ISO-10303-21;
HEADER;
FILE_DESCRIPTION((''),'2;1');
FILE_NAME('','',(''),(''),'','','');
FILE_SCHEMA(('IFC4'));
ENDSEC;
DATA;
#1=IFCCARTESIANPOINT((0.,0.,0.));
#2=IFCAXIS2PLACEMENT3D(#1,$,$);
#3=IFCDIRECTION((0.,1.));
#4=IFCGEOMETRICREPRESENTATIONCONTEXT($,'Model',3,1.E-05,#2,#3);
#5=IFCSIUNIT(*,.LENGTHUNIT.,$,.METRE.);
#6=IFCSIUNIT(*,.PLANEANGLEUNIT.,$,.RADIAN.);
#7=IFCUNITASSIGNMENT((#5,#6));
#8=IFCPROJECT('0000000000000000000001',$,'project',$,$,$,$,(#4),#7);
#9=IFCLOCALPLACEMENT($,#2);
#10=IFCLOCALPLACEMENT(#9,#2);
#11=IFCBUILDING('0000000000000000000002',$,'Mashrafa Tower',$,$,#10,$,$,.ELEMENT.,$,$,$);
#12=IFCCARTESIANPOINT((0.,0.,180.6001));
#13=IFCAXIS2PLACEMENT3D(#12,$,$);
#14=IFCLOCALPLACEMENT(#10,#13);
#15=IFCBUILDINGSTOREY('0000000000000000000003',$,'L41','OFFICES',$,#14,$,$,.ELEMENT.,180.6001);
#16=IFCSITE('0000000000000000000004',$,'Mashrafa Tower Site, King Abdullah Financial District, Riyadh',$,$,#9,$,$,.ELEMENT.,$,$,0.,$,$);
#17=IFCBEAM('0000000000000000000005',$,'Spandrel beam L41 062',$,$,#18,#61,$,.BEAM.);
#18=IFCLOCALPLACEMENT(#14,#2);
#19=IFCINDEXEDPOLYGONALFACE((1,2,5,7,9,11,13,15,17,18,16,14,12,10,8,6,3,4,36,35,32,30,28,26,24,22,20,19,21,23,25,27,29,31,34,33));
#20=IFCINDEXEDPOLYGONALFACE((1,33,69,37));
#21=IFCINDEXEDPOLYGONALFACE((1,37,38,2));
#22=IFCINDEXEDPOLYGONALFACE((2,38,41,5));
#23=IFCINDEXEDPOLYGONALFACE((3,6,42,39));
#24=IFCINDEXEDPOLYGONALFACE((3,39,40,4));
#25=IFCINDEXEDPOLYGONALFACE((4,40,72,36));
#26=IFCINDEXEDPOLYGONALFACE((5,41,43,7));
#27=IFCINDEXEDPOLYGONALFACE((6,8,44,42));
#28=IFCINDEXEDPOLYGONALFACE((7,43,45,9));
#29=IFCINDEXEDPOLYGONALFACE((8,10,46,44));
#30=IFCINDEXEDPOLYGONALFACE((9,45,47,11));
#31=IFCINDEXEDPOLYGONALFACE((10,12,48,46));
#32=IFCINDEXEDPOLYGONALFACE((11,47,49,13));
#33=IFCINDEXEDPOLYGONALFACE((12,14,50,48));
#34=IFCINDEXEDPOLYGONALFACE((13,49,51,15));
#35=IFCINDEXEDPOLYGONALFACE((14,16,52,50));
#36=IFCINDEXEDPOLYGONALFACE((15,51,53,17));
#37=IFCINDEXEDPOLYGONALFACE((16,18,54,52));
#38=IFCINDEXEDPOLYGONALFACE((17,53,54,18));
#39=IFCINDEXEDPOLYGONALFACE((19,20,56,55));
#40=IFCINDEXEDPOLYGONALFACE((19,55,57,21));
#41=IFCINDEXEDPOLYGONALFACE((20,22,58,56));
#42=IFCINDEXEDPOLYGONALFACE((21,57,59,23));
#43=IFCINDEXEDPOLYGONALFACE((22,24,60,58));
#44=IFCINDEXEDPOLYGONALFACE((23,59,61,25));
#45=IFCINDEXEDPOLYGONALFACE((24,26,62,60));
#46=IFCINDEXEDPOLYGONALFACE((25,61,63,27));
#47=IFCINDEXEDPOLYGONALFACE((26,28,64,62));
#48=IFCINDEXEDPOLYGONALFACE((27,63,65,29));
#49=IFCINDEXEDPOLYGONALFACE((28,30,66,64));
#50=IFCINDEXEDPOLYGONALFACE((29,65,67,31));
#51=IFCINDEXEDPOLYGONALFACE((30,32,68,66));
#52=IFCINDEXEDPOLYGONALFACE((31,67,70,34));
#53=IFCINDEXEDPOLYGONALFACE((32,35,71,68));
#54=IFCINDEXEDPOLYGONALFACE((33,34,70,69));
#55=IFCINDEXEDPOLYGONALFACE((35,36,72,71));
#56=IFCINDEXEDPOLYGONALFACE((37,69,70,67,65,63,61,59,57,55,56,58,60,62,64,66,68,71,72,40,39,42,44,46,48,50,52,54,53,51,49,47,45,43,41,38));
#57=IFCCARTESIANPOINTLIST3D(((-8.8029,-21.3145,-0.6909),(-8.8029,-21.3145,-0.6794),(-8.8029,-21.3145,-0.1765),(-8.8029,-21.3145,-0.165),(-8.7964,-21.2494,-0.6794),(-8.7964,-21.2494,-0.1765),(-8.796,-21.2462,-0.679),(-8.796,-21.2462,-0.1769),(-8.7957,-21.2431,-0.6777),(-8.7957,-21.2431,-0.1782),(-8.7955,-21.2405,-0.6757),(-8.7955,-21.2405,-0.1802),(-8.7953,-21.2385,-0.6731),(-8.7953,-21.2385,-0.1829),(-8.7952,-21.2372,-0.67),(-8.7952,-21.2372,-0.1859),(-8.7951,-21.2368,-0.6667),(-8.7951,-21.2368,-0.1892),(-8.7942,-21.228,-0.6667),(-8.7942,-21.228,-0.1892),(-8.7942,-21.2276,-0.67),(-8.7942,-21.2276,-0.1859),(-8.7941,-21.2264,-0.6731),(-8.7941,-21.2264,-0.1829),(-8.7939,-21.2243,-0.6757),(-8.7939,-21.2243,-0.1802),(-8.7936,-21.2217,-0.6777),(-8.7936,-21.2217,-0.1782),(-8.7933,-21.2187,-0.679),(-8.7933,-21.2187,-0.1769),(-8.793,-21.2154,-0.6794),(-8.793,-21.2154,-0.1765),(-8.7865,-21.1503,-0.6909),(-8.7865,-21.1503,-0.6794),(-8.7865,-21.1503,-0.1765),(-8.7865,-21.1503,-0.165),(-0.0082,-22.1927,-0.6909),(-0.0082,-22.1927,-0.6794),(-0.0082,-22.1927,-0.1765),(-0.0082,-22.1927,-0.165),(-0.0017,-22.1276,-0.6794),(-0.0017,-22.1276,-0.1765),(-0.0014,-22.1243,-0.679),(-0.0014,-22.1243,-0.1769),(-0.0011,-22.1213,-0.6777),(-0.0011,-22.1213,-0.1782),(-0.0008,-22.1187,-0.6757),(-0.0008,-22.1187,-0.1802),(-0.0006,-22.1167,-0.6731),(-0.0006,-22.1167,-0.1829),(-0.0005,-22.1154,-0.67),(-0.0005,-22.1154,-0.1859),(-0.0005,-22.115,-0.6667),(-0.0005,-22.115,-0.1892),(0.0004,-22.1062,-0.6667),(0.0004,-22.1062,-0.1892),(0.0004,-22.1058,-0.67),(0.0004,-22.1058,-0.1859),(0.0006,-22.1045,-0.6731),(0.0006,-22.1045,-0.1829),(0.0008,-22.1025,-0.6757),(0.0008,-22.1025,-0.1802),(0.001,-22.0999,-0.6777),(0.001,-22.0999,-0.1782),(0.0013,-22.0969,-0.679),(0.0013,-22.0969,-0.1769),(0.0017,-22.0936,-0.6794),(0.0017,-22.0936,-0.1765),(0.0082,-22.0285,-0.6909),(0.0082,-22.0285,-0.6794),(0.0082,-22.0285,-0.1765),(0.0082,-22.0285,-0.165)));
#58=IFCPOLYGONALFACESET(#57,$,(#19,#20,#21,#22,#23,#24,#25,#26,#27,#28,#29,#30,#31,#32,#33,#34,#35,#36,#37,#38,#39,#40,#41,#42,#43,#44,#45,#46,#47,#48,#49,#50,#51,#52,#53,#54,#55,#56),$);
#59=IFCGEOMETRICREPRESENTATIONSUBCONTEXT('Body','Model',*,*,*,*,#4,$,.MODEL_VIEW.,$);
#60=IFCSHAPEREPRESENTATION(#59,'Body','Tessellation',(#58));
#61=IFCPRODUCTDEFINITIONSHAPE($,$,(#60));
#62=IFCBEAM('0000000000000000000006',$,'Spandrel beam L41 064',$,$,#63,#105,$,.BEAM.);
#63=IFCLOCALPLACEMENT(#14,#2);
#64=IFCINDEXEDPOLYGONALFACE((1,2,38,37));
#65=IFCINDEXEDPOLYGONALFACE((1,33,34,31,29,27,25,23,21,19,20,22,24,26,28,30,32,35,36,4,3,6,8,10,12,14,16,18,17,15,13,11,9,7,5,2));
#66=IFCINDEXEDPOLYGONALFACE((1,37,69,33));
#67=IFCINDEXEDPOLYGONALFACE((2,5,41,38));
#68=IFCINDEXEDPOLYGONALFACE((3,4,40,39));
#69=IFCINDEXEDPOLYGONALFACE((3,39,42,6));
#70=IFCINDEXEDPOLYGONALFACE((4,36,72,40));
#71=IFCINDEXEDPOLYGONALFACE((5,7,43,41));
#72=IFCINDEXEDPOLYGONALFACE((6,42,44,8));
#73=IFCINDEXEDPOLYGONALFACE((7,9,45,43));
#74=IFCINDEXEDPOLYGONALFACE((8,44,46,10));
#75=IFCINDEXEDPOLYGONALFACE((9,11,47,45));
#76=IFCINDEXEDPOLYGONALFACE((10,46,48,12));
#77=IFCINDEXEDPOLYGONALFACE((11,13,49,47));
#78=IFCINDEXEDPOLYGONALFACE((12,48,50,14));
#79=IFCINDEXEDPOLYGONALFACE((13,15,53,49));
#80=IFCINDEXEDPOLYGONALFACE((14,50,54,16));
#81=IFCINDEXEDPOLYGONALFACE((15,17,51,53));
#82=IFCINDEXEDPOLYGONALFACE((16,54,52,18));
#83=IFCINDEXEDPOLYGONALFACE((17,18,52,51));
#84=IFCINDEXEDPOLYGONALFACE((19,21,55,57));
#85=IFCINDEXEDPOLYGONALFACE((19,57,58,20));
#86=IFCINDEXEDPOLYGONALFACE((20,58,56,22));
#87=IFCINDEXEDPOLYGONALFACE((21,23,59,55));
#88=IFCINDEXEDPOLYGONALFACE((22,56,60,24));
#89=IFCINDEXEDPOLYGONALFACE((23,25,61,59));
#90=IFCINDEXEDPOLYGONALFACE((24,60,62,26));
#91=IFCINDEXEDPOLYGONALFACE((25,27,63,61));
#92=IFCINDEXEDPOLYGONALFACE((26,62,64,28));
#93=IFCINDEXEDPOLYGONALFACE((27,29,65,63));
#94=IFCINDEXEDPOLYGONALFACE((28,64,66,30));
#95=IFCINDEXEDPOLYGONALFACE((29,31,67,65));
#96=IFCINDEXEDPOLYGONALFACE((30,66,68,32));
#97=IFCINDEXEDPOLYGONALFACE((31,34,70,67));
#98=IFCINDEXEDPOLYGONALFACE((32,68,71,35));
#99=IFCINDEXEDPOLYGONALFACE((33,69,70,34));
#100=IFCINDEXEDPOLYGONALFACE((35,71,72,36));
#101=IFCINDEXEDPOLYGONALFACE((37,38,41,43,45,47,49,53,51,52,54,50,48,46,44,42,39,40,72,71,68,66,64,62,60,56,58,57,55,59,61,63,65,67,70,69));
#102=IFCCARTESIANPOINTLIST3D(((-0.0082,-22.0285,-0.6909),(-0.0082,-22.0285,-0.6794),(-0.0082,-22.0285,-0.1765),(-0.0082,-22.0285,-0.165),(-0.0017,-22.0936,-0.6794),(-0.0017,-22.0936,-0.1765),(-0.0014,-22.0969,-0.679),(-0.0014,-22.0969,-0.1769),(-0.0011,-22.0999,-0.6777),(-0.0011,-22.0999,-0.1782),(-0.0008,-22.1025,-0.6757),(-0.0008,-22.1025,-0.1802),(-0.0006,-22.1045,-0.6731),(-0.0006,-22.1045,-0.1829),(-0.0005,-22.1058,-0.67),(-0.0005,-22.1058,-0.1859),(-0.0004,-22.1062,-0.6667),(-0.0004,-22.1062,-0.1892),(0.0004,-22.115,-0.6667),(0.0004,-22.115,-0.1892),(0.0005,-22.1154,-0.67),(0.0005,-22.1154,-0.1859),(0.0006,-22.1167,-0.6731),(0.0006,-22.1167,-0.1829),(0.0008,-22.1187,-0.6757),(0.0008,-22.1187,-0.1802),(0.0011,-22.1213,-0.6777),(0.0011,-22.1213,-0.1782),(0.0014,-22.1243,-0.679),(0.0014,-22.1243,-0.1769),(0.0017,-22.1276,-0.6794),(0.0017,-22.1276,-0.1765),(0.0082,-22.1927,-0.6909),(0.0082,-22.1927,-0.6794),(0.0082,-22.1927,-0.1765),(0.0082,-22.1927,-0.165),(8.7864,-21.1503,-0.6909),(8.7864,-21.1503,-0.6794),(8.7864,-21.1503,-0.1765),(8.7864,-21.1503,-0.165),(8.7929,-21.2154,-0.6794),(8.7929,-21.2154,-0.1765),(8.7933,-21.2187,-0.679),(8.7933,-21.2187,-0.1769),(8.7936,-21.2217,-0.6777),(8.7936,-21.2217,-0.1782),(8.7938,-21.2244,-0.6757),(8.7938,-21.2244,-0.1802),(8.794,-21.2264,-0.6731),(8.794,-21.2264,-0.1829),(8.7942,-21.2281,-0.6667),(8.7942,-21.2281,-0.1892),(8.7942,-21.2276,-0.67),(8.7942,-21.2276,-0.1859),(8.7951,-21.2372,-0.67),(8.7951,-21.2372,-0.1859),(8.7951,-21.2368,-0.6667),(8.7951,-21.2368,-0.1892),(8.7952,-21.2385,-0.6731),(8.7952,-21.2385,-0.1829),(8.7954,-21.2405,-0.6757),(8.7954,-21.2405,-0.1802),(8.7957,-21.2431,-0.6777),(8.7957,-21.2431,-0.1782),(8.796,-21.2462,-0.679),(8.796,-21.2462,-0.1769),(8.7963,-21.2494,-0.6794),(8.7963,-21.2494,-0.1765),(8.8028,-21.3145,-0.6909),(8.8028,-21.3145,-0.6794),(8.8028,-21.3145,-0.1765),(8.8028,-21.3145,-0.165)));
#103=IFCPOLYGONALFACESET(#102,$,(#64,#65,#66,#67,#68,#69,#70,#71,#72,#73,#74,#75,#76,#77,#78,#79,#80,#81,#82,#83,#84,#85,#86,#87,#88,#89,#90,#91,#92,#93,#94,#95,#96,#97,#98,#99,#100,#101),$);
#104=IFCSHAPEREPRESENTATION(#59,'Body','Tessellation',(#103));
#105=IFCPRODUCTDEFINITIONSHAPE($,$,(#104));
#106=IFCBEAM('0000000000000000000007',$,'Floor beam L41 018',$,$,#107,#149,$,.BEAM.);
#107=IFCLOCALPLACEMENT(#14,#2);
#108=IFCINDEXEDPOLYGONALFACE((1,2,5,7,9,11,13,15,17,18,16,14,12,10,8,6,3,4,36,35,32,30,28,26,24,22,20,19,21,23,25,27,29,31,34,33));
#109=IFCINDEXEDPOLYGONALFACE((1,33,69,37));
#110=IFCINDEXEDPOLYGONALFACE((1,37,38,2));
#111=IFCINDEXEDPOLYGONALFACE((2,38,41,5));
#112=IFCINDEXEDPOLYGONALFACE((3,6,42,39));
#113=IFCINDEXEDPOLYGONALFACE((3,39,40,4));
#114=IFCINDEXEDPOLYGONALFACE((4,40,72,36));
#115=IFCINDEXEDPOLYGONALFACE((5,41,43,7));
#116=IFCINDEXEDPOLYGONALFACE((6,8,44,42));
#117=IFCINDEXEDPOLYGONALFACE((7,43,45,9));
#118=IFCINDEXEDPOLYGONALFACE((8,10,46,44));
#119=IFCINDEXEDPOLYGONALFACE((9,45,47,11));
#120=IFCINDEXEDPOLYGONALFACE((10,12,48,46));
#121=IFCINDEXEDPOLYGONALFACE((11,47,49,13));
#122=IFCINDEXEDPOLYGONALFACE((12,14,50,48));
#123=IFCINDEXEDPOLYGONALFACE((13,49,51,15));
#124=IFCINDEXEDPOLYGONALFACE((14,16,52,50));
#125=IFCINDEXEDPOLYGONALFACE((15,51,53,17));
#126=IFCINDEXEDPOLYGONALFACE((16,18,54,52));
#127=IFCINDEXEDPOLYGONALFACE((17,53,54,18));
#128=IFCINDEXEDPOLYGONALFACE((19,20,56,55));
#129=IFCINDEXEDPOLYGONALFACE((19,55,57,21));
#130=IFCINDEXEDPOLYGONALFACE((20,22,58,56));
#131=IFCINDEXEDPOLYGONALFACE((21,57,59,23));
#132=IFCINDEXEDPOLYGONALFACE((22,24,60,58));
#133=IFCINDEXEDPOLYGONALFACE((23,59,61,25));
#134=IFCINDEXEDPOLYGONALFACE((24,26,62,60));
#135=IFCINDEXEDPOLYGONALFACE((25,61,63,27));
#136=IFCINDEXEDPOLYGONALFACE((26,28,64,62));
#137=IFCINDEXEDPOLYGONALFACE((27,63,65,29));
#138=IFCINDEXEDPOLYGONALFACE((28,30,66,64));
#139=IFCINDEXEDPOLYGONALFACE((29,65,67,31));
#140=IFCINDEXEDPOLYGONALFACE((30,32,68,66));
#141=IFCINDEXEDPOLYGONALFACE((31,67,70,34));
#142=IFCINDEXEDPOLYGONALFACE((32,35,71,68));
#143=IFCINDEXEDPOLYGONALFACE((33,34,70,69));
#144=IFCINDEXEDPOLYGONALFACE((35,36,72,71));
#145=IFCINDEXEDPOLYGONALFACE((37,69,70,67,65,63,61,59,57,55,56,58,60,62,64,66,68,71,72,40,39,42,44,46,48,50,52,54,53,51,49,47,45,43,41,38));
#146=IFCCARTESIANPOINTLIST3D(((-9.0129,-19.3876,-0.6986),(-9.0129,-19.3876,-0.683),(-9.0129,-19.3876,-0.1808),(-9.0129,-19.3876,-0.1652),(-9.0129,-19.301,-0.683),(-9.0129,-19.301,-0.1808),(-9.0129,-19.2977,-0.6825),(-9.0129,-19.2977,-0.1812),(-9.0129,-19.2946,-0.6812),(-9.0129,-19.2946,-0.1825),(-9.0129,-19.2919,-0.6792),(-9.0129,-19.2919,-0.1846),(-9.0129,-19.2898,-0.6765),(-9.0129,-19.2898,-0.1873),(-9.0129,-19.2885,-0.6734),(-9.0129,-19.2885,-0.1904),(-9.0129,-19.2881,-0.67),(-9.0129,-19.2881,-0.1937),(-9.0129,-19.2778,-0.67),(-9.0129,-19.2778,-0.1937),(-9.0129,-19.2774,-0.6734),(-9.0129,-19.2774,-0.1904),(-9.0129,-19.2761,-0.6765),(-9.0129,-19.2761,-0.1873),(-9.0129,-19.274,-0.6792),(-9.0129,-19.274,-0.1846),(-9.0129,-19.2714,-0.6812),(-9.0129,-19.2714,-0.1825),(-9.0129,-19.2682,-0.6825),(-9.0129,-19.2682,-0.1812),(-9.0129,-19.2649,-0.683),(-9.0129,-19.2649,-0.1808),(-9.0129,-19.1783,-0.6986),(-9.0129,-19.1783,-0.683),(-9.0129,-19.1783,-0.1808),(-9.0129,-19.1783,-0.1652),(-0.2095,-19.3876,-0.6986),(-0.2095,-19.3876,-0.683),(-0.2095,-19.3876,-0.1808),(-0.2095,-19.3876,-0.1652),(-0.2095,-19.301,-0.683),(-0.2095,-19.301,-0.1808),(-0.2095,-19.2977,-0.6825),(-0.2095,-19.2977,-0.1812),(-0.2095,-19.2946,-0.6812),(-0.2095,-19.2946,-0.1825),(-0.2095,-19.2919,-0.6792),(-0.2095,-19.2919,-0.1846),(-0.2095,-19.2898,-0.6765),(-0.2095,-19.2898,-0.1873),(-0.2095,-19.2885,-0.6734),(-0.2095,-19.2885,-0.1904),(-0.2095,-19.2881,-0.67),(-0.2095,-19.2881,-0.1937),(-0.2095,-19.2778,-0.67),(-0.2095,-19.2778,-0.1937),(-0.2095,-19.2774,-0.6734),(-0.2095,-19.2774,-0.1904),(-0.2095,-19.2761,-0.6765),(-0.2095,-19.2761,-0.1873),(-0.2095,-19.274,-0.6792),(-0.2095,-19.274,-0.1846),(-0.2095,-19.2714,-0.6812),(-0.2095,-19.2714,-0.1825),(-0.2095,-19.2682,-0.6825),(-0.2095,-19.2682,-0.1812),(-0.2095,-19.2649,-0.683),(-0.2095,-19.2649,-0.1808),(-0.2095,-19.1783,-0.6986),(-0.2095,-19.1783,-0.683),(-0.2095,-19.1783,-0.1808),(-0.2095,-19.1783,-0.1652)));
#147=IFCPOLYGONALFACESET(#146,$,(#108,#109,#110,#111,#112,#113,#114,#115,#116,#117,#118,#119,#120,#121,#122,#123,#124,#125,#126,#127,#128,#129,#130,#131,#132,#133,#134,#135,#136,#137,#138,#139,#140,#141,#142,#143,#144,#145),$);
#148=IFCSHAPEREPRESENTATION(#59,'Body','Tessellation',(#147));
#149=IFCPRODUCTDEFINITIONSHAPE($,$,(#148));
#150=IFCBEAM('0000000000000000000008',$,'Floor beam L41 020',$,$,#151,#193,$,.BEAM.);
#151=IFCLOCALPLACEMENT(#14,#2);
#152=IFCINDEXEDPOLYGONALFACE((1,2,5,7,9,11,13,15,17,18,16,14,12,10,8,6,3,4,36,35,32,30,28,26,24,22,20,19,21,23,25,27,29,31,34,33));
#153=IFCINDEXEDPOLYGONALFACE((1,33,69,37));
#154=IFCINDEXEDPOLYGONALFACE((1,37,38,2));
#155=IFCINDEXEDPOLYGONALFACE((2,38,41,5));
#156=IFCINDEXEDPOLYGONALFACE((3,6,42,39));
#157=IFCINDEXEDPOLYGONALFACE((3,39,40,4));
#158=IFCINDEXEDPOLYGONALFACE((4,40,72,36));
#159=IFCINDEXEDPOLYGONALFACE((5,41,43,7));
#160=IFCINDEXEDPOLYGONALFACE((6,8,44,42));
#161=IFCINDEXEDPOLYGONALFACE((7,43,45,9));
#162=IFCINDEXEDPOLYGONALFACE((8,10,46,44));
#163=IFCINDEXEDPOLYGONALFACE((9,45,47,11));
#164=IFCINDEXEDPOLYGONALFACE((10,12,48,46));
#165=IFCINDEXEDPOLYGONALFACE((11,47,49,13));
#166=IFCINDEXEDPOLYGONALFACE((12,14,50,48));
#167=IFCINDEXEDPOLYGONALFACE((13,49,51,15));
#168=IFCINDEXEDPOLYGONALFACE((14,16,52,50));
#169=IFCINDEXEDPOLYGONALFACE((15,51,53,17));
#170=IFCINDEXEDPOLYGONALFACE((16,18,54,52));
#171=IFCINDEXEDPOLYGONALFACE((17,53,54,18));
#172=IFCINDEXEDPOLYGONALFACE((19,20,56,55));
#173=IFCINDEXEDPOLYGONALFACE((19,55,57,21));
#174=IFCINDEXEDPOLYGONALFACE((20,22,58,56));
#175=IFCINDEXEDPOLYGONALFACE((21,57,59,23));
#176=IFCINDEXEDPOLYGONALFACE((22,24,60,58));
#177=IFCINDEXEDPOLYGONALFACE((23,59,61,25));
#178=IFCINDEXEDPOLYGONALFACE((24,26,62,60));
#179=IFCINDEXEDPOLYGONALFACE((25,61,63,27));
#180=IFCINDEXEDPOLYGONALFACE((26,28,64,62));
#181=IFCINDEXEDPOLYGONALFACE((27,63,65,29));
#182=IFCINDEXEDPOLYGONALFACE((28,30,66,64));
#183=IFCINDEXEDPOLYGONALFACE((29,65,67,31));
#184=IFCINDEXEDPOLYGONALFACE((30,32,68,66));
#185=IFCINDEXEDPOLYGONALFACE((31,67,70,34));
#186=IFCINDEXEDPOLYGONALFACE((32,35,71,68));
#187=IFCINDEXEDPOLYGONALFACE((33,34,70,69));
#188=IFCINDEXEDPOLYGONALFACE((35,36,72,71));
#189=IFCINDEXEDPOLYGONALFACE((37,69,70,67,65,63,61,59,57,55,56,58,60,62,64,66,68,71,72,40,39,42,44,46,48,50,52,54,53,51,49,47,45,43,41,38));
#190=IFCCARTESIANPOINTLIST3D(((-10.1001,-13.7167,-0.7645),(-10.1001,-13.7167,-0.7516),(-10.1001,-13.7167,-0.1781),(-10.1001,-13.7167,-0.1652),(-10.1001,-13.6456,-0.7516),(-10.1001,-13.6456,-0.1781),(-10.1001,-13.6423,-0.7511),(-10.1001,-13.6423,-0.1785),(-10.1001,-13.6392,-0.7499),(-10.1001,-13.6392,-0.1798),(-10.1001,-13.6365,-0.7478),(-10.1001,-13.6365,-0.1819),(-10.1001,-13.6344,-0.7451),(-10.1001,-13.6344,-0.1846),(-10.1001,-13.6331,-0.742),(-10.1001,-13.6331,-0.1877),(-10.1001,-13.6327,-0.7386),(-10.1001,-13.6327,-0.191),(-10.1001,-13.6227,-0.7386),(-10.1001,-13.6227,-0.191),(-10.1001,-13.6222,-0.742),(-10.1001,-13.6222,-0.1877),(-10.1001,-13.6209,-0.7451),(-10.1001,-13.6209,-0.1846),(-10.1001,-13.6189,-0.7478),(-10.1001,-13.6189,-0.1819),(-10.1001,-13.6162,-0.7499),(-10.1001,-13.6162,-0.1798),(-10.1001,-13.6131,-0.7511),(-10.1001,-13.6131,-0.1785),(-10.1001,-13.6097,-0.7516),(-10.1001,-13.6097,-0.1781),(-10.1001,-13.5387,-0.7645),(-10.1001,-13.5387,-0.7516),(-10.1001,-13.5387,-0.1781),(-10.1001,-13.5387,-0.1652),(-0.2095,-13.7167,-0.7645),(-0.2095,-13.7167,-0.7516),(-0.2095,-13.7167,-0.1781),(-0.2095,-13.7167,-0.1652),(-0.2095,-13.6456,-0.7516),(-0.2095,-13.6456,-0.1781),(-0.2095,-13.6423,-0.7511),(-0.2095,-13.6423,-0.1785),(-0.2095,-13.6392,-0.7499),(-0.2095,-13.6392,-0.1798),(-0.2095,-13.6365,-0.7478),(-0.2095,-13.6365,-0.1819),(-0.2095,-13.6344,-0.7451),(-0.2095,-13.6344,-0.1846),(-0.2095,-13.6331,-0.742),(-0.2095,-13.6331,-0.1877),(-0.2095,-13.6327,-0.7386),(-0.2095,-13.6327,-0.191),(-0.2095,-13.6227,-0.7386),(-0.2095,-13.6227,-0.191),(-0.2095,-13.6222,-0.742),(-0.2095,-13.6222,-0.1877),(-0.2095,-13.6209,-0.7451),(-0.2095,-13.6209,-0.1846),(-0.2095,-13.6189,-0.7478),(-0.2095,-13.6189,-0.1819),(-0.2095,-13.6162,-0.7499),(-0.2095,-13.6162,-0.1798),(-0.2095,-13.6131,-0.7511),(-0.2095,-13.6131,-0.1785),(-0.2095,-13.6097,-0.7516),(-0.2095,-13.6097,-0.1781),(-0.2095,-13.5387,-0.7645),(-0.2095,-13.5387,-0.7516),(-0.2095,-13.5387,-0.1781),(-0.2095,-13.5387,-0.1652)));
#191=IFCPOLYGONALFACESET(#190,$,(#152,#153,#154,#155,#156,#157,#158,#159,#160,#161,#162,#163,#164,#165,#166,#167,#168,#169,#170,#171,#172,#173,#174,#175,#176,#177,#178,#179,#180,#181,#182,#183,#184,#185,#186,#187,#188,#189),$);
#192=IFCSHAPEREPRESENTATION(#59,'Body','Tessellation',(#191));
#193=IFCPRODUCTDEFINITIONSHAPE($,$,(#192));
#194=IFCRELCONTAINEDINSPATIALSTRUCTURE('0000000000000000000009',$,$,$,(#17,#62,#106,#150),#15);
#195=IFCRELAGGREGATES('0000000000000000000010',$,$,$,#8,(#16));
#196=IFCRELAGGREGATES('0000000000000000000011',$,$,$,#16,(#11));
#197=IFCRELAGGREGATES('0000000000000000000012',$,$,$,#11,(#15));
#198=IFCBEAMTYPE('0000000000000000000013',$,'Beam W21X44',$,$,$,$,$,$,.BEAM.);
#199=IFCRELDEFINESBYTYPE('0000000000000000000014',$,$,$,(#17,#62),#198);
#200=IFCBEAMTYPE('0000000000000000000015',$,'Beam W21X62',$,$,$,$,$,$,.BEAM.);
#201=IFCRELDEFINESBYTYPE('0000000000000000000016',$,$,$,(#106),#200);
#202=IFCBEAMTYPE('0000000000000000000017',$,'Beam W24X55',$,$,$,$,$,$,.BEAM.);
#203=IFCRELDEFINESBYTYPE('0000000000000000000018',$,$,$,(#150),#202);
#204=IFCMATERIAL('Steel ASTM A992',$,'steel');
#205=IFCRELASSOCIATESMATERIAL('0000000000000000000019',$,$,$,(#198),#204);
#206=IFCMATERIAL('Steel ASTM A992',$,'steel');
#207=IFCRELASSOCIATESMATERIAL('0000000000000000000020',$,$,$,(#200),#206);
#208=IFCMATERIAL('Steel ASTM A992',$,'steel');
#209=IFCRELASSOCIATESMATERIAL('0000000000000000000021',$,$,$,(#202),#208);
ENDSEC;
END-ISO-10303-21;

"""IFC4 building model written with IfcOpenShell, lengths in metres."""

from ifc_helpers import new_model, si_unit, direction, frame, origin, origin_2d, place, context, subcontext, project, spatial, i_section, extrude, material, material_profile, profile_set, type_object, element, save


model = new_model("IFC4")

# Units and contexts
model_context = context("Model", 3, precision=1e-05, world=origin(), true_north=direction((0.0, 1.0)))
body_context = subcontext(model_context, "Body", "Model", "MODEL_VIEW")
ifc_project = project(units=[si_unit("LENGTHUNIT", "METRE"), si_unit("PLANEANGLEUNIT", "RADIAN")], contexts=[model_context])

# Site, building, storey
site_placement = place(None, origin())
site = spatial("IfcSite", under=ifc_project, at=site_placement, Name="Mashrafa Tower Site, King Abdullah Financial District, Riyadh", CompositionType="ELEMENT", RefElevation=0.0)
building_placement = place(site_placement, origin())
building = spatial("IfcBuilding", under=site, at=building_placement, Name="Mashrafa Tower", CompositionType="ELEMENT")
storey_placement = place(building_placement, frame((0.0, 0.0, 180.6001)))
storey = spatial("IfcBuildingStorey", under=building, at=storey_placement, Name="L41", Description="OFFICES", CompositionType="ELEMENT", Elevation=180.6001)

# Beams
ifc_material_1 = material(Name="Steel ASTM A992", Category="steel")
ifc_material_profile_1 = material_profile(ifc_material_1, i_section(OverallWidth=0.165, OverallDepth=0.5259, WebThickness=0.0088, FlangeThickness=0.0115, FilletRadius=0.0127, at=origin_2d()), Name="W21X44")
ifc_profile_set_1 = profile_set([ifc_material_profile_1], Name="Steel ASTM A992")
beam_type_1 = type_object("IfcBeamType", Name="Beam W21X44", PredefinedType="BEAM", material=ifc_profile_set_1)
for number, where, z_axis, x_axis, name in (
    (1, (-8.7947, -21.2324, -0.428), (0.995052, -0.099359, 0.0), (0.099359, 0.995052, 0.0), "Spandrel beam L41 062"),
    (2, (0.0, -22.1106, -0.428), (0.995052, 0.099359, 0.0), (-0.099359, 0.995052, 0.0), "Spandrel beam L41 064"),
):
    element("IfcBeam", number, at=place(storey_placement, frame(where, z_axis=z_axis, x_axis=x_axis)), inside=storey, type_object=beam_type_1, Name=name, PredefinedType="BEAM", context=body_context, shape_type="SweptSolid", body=[
        extrude(i_section(OverallWidth=0.165, OverallDepth=0.5259, WebThickness=0.0088, FlangeThickness=0.0115, FilletRadius=0.0127, at=origin_2d()), origin(), (0.0, 0.0, 1.0), 8.8384),
    ])
ifc_material_2 = material(Name="Steel ASTM A992", Category="steel")
ifc_material_profile_2 = material_profile(ifc_material_2, i_section(OverallWidth=0.2092, OverallDepth=0.5334, WebThickness=0.0103, FlangeThickness=0.0156, FilletRadius=0.0129, at=origin_2d()), Name="W21X62")
ifc_profile_set_2 = profile_set([ifc_material_profile_2], Name="Steel ASTM A992")
beam_type_2 = type_object("IfcBeamType", Name="Beam W21X62", PredefinedType="BEAM", material=ifc_profile_set_2)
beam_1_placement = place(storey_placement, frame((-0.2095, -19.283, -0.4319), z_axis=(-1.0, 0.0, 0.0), x_axis=(0.0, -1.0, 0.0)))
element("IfcBeam", 3, at=beam_1_placement, inside=storey, type_object=beam_type_2, Name="Floor beam L41 018", PredefinedType="BEAM", context=body_context, shape_type="SweptSolid", body=[
    extrude(i_section(OverallWidth=0.2092, OverallDepth=0.5334, WebThickness=0.0103, FlangeThickness=0.0156, FilletRadius=0.0129, at=origin_2d()), origin(), (0.0, 0.0, 1.0), 8.8035),
])
ifc_material_3 = material(Name="Steel ASTM A992", Category="steel")
ifc_material_profile_3 = material_profile(ifc_material_3, i_section(OverallWidth=0.178, OverallDepth=0.5994, WebThickness=0.01, FlangeThickness=0.0129, FilletRadius=0.0129, at=origin_2d()), Name="W24X55")
ifc_profile_set_3 = profile_set([ifc_material_profile_3], Name="Steel ASTM A992")
beam_type_3 = type_object("IfcBeamType", Name="Beam W24X55", PredefinedType="BEAM", material=ifc_profile_set_3)
beam_2_placement = place(storey_placement, frame((-0.2095, -13.6277, -0.4648), z_axis=(-1.0, 0.0, 0.0), x_axis=(0.0, -1.0, 0.0)))
element("IfcBeam", 4, at=beam_2_placement, inside=storey, type_object=beam_type_3, Name="Floor beam L41 020", PredefinedType="BEAM", context=body_context, shape_type="SweptSolid", body=[
    extrude(i_section(OverallWidth=0.178, OverallDepth=0.5994, WebThickness=0.01, FlangeThickness=0.0129, FilletRadius=0.0129, at=origin_2d()), origin(), (0.0, 0.0, 1.0), 9.8906),
])

save(model, "model.ifc")
